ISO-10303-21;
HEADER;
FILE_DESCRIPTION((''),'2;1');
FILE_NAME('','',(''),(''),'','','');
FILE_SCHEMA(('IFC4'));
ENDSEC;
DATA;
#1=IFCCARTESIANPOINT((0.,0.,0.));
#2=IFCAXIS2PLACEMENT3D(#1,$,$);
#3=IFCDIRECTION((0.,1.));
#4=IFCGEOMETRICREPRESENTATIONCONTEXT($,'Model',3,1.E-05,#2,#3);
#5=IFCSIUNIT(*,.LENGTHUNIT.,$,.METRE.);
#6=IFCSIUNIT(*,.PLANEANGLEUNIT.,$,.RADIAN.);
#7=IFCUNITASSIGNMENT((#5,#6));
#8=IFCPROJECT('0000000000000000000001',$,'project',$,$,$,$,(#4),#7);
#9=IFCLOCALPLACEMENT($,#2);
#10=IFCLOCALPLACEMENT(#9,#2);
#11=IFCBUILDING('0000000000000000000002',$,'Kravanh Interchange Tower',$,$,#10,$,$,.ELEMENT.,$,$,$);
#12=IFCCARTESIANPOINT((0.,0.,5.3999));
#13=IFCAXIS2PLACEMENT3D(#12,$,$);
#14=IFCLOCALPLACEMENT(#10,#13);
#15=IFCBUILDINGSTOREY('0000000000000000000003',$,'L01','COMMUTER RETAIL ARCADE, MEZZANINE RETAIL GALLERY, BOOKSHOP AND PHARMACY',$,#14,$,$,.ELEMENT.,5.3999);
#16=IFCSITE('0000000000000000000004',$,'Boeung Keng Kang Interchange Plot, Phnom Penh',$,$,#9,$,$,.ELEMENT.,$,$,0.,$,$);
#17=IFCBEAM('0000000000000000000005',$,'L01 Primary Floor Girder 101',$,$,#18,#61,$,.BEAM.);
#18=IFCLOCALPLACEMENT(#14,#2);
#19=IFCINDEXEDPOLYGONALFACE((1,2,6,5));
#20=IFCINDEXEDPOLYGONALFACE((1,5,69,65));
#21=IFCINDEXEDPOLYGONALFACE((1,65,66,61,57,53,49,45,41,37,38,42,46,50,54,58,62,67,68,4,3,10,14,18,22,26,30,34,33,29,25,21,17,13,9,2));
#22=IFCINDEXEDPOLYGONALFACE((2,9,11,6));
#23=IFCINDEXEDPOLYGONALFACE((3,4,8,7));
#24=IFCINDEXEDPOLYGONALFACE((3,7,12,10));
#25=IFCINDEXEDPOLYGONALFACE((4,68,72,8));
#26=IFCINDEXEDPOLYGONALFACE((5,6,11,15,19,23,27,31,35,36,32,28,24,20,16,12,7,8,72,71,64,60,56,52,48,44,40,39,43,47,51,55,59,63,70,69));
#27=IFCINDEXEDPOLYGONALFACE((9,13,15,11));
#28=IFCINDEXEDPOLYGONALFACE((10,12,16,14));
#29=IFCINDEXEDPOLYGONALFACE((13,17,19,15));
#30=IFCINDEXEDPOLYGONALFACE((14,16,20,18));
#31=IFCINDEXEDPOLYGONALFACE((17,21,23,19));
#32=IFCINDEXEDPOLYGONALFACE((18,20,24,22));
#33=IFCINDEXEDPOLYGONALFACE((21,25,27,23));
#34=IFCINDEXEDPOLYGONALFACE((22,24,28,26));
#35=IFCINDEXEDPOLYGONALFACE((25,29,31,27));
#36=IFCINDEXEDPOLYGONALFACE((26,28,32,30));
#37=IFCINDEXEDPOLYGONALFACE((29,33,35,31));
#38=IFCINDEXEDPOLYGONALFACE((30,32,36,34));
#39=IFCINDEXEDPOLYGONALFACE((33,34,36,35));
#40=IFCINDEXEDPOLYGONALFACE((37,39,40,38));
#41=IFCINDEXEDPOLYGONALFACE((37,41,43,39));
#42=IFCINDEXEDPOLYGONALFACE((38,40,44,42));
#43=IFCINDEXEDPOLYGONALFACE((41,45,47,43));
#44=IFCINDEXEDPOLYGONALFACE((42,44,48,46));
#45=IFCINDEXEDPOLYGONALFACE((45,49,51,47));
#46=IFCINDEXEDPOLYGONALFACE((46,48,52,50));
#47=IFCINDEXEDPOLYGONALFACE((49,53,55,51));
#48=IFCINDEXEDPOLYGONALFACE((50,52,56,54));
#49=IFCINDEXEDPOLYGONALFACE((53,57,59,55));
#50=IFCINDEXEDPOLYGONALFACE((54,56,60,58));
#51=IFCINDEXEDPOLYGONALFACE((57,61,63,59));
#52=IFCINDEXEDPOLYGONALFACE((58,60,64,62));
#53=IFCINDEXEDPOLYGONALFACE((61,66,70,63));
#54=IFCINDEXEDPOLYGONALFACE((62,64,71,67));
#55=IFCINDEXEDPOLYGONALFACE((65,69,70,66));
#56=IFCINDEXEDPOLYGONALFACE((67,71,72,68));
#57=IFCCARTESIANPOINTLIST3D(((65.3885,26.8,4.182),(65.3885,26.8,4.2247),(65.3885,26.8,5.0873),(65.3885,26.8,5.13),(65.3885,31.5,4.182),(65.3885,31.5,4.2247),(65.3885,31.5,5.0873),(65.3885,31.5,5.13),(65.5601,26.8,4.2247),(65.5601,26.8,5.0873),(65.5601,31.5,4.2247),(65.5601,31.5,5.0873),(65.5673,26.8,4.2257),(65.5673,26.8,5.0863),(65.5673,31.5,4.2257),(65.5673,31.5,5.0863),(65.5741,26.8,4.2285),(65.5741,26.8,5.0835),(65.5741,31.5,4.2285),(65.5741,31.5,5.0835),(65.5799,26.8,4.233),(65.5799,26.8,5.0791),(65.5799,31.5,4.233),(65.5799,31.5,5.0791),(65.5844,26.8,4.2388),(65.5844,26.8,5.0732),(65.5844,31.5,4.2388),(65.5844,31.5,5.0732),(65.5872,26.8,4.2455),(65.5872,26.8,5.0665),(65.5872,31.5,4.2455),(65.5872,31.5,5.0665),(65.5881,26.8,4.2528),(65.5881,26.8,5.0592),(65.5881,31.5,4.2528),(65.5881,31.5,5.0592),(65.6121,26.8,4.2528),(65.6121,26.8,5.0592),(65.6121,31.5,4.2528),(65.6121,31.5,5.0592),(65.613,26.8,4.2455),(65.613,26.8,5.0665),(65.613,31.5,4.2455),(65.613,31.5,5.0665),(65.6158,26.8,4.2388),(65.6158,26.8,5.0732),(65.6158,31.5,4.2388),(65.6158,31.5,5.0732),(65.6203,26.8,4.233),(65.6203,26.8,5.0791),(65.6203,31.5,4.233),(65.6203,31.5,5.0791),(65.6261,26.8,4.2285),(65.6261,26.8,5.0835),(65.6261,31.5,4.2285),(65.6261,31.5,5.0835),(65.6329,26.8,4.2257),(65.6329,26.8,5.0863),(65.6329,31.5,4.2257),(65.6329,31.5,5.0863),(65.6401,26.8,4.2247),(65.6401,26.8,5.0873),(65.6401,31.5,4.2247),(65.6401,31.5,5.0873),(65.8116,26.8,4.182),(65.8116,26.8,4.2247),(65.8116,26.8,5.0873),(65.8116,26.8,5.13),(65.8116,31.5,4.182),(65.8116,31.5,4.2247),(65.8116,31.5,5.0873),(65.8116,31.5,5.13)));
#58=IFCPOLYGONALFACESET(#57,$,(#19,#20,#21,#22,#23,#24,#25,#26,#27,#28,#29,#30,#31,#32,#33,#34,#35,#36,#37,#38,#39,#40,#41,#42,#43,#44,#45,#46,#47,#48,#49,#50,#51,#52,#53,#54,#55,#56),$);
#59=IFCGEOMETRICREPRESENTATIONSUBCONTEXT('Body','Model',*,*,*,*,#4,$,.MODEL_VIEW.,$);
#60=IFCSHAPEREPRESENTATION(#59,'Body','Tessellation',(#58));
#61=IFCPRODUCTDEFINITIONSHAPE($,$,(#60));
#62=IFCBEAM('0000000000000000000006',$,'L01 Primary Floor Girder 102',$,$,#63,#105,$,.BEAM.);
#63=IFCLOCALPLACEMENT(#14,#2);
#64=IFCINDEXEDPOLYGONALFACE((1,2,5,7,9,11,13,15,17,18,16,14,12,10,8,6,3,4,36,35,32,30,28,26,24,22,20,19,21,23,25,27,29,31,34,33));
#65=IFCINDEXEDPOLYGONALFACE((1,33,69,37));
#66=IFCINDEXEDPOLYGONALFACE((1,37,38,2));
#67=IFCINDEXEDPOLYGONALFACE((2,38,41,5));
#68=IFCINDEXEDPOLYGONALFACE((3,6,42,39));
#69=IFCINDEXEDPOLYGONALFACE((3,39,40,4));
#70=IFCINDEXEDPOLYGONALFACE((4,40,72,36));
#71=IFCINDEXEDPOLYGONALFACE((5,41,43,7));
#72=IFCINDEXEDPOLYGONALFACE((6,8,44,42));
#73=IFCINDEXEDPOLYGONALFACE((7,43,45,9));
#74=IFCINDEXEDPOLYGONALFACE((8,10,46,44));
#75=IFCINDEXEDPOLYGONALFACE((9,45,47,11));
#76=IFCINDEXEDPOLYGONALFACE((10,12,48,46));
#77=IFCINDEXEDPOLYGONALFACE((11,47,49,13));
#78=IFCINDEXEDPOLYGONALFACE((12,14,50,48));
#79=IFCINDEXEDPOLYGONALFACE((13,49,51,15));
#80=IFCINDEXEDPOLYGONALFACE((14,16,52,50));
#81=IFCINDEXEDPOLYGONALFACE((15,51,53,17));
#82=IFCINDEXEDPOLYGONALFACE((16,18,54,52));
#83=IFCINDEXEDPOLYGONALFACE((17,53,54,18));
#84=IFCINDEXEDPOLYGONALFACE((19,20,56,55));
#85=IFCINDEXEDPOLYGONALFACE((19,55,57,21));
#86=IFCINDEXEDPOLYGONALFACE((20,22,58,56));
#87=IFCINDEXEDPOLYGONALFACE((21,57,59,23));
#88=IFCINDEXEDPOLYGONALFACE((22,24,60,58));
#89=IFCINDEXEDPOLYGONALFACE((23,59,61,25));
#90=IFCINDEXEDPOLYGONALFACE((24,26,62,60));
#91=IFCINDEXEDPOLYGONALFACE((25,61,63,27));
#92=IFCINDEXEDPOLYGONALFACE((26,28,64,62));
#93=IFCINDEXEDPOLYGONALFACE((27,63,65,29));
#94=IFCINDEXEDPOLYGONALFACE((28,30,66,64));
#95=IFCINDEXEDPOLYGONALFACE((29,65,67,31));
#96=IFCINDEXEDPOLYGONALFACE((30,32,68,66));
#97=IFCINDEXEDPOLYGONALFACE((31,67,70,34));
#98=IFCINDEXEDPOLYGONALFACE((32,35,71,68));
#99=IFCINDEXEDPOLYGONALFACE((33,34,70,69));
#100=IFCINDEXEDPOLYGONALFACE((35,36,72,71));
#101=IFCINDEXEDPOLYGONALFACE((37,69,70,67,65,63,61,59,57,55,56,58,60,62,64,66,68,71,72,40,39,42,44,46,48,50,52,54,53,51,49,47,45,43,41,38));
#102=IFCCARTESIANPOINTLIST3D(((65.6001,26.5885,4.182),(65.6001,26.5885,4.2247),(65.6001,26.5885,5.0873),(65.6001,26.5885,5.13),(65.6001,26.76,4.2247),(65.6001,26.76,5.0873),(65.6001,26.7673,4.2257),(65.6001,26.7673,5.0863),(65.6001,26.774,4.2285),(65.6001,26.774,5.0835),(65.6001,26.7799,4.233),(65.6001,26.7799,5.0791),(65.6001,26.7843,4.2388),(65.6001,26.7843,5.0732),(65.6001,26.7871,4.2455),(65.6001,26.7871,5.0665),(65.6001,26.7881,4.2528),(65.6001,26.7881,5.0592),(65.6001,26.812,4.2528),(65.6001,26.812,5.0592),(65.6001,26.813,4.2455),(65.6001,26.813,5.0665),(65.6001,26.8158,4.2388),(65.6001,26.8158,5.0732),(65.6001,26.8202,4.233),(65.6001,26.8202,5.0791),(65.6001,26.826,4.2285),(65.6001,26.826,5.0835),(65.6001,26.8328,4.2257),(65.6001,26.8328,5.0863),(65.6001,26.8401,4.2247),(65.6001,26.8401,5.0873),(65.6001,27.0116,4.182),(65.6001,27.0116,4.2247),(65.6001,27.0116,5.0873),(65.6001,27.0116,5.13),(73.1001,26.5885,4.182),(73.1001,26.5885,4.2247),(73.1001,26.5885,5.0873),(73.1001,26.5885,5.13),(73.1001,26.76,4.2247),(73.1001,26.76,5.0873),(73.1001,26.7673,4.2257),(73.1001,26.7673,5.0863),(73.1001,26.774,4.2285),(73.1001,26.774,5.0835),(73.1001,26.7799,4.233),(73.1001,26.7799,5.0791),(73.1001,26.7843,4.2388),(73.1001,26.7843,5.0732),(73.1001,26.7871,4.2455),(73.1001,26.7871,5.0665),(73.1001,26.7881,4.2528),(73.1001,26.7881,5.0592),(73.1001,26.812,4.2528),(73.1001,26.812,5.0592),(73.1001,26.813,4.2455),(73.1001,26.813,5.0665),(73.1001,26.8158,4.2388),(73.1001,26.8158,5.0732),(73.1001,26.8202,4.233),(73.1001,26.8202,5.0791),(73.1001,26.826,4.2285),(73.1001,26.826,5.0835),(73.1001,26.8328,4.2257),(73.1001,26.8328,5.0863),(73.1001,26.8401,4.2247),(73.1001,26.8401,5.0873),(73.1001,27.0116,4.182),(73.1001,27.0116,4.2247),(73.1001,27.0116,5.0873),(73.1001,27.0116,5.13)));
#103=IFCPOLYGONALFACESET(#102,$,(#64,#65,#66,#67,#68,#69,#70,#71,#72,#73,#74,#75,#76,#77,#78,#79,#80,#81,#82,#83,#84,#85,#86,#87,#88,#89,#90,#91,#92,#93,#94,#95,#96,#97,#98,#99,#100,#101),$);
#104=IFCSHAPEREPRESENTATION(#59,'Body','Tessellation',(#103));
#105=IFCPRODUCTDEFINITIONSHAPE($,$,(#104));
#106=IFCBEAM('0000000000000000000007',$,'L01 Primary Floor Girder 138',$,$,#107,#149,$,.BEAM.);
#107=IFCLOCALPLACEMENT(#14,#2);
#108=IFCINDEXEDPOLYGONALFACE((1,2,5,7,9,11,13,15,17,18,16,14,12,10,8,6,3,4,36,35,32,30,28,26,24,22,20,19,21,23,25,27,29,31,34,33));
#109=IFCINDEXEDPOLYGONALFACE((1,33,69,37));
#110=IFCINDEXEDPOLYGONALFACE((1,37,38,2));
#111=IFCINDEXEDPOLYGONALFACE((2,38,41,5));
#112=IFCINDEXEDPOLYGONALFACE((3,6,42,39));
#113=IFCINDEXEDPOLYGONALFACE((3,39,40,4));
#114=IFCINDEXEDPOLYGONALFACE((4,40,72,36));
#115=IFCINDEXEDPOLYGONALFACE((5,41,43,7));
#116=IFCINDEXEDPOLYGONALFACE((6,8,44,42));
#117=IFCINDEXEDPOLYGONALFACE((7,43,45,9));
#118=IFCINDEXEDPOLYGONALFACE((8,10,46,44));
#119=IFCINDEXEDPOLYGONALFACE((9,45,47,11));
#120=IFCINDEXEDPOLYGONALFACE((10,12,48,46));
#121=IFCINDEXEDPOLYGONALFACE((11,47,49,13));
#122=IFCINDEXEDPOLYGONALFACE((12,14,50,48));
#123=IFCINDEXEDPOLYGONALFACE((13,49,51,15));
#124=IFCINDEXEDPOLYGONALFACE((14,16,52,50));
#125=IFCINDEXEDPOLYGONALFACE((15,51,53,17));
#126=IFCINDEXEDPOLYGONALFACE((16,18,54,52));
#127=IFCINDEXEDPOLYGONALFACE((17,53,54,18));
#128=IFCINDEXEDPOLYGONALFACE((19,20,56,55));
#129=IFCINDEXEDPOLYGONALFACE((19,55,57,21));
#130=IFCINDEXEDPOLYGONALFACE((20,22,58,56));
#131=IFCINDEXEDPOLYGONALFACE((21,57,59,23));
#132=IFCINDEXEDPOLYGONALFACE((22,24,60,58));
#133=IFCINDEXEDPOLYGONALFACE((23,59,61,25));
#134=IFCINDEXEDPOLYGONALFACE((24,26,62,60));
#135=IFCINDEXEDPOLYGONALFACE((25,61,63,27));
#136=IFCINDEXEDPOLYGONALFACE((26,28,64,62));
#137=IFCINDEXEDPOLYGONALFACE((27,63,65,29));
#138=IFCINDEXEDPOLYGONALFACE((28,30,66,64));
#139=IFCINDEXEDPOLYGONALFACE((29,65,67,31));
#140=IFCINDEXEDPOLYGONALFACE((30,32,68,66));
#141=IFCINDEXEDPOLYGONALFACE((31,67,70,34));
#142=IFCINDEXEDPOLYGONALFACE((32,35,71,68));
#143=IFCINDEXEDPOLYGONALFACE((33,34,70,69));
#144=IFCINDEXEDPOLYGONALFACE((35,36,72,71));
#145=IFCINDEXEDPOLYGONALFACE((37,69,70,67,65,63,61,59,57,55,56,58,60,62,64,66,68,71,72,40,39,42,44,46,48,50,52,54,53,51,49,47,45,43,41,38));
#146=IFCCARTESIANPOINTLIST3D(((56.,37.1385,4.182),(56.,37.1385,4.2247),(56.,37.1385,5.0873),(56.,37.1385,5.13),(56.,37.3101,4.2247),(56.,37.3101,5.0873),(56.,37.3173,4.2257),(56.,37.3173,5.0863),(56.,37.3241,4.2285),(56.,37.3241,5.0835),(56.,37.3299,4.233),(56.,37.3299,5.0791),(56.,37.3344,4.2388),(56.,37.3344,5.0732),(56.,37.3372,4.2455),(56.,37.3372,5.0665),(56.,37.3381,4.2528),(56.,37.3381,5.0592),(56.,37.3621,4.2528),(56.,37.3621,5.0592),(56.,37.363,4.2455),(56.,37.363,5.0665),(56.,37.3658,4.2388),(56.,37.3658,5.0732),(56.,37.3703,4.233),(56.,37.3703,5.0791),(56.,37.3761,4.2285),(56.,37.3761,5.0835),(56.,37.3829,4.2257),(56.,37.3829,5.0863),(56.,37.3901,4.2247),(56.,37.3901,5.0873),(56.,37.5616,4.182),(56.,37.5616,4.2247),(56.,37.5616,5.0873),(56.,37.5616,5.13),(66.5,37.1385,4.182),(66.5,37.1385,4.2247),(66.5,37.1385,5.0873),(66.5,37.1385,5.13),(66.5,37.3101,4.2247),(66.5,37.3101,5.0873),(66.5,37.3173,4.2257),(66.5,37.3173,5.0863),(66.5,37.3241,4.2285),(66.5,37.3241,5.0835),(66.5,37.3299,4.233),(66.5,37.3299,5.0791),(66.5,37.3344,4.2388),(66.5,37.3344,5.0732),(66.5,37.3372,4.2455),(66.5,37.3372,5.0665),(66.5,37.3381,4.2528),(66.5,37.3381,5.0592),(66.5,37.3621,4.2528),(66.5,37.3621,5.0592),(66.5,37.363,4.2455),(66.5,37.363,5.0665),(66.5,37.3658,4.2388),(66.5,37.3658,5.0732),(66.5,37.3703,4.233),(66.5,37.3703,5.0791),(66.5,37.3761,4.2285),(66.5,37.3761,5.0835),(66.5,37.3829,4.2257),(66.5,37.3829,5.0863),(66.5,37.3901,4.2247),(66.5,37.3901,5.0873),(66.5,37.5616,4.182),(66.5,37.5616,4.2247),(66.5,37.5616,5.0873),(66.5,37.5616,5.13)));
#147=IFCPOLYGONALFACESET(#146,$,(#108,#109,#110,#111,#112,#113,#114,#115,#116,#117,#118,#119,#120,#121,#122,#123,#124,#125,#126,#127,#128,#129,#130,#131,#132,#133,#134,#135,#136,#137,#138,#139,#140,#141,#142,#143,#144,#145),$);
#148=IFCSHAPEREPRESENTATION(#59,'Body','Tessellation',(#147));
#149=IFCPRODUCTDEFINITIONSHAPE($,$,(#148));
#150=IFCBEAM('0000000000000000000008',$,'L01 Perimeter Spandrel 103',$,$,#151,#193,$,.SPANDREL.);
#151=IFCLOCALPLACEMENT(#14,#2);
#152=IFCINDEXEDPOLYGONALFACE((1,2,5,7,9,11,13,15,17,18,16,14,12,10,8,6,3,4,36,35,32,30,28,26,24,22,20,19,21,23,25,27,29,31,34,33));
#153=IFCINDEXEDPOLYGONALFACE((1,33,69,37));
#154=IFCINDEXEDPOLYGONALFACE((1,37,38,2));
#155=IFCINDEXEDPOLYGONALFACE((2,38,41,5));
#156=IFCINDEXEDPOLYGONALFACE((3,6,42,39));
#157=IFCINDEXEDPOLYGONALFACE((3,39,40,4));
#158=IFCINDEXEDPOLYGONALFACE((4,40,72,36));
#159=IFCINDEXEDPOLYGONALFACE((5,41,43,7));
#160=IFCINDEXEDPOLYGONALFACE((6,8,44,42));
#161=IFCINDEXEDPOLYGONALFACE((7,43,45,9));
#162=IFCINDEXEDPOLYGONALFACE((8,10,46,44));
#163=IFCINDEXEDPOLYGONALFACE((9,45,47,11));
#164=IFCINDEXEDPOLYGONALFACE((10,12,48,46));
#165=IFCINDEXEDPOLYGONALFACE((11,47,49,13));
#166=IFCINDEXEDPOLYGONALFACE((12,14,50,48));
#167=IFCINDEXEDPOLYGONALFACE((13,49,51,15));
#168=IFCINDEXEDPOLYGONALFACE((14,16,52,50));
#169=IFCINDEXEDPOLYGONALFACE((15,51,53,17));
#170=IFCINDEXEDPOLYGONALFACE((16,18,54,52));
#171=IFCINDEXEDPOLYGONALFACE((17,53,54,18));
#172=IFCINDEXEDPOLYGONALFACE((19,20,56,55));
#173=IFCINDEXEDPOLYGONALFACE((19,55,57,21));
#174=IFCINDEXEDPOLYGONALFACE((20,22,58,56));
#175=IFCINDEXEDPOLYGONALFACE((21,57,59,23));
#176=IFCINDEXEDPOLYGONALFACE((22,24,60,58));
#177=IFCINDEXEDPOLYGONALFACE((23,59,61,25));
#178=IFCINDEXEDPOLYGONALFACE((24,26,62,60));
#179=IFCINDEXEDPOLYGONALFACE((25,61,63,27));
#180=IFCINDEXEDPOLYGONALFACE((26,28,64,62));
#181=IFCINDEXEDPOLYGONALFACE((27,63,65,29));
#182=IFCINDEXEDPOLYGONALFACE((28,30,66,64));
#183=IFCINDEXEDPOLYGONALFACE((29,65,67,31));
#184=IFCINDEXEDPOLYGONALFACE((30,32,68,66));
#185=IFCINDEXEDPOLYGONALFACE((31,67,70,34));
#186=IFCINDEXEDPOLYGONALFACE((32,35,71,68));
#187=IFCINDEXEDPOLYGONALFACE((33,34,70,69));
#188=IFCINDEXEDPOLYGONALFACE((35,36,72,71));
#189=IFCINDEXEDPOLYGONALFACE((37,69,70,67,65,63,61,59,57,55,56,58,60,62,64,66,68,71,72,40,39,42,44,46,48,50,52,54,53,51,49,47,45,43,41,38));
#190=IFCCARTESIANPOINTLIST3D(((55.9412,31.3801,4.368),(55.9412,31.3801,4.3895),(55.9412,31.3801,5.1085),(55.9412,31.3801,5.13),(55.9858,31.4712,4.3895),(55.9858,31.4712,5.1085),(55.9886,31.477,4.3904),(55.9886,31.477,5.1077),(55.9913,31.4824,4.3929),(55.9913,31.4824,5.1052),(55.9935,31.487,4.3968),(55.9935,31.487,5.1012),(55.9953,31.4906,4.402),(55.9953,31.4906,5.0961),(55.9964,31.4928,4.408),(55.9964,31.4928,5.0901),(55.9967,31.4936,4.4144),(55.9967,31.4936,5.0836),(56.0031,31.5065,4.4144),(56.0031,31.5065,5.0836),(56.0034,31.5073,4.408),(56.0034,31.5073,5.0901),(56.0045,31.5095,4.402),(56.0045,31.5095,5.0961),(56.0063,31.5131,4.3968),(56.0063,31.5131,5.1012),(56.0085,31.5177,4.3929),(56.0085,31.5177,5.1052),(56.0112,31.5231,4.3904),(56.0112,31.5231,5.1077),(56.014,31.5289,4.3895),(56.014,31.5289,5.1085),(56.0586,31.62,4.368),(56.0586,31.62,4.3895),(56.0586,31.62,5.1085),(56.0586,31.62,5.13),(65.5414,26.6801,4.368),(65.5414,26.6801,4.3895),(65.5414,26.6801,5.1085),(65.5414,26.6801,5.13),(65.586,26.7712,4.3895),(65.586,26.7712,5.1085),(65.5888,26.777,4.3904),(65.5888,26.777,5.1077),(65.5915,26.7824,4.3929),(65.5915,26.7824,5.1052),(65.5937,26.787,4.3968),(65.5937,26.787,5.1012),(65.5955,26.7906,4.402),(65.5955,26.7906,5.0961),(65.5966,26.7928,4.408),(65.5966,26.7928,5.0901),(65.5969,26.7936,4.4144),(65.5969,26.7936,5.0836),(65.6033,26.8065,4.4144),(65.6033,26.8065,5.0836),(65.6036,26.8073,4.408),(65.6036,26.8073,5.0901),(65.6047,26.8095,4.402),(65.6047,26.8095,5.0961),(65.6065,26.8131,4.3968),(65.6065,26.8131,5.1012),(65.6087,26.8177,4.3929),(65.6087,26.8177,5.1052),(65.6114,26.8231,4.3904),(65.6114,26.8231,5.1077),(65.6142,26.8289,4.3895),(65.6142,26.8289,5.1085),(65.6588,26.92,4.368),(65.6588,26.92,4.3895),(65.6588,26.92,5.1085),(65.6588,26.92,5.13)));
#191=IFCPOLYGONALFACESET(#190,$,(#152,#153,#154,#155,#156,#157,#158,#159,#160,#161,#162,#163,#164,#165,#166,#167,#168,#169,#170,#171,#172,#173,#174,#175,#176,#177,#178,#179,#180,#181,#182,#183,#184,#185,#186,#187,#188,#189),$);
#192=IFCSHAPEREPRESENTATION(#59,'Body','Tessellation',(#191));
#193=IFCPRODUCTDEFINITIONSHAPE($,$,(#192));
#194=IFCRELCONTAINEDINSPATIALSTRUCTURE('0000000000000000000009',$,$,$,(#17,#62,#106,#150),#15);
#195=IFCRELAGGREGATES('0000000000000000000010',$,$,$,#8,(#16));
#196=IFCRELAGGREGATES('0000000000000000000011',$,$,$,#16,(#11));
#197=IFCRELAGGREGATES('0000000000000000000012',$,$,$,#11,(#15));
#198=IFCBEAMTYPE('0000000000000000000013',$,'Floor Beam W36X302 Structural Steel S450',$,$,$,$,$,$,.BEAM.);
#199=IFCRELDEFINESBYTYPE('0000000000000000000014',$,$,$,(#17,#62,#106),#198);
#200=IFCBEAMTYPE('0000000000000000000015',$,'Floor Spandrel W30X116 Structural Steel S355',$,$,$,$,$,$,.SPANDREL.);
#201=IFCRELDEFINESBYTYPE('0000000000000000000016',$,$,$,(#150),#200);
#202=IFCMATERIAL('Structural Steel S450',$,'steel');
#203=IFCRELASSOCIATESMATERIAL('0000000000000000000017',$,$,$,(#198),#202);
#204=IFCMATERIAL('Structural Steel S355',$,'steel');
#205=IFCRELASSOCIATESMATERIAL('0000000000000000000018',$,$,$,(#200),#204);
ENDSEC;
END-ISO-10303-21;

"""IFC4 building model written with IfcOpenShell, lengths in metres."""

from ifc_helpers import new_model, si_unit, direction, frame, origin, origin_2d, place, context, subcontext, project, spatial, i_section, extrude, material, material_profile, profile_set, type_object, element, save


model = new_model("IFC4")

# Units and contexts
model_context = context("Model", 3, precision=1e-05, world=origin(), true_north=direction((0.0, 1.0)))
body_context = subcontext(model_context, "Body", "Model", "MODEL_VIEW")
ifc_project = project(units=[si_unit("LENGTHUNIT", "METRE"), si_unit("PLANEANGLEUNIT", "RADIAN")], contexts=[model_context])

# Site, building, storey
site_placement = place(None, origin())
site = spatial("IfcSite", under=ifc_project, at=site_placement, Name="Boeung Keng Kang Interchange Plot, Phnom Penh", CompositionType="ELEMENT", RefElevation=0.0)
building_placement = place(site_placement, origin())
building = spatial("IfcBuilding", under=site, at=building_placement, Name="Kravanh Interchange Tower", CompositionType="ELEMENT")
storey_placement = place(building_placement, frame((0.0, 0.0, 5.3999)))
storey = spatial("IfcBuildingStorey", under=building, at=storey_placement, Name="L01", Description="COMMUTER RETAIL ARCADE, MEZZANINE RETAIL GALLERY, BOOKSHOP AND PHARMACY", CompositionType="ELEMENT", Elevation=5.3999)

# Beams
ifc_material_1 = material(Name="Structural Steel S450", Category="steel")
ifc_material_profile_1 = material_profile(ifc_material_1, i_section(OverallWidth=0.4231, OverallDepth=0.948, WebThickness=0.0239, FlangeThickness=0.0427, FilletRadius=0.0281, at=origin_2d()), Name="W36X302")
ifc_profile_set_1 = profile_set([ifc_material_profile_1], Name="Structural Steel S450")
beam_type_1 = type_object("IfcBeamType", Name="Floor Beam W36X302 Structural Steel S450", PredefinedType="BEAM", material=ifc_profile_set_1)
beam_1_placement = place(storey_placement, frame((65.6001, 26.8, 4.656), z_axis=(0.0, 1.0, 0.0), x_axis=(-1.0, 0.0, 0.0)))
element("IfcBeam", 1, at=beam_1_placement, inside=storey, type_object=beam_type_1, Name="L01 Primary Floor Girder 101", PredefinedType="BEAM", context=body_context, shape_type="SweptSolid", body=[
    extrude(i_section(OverallWidth=0.4231, OverallDepth=0.948, WebThickness=0.0239, FlangeThickness=0.0427, FilletRadius=0.0281, at=origin_2d()), origin(), (0.0, 0.0, 1.0), 4.7),
])
beam_2_placement = place(storey_placement, frame((65.6001, 26.8, 4.656), z_axis=(1.0, 0.0, 0.0), x_axis=(0.0, 1.0, 0.0)))
element("IfcBeam", 2, at=beam_2_placement, inside=storey, type_object=beam_type_1, Name="L01 Primary Floor Girder 102", PredefinedType="BEAM", context=body_context, shape_type="SweptSolid", body=[
    extrude(i_section(OverallWidth=0.4231, OverallDepth=0.948, WebThickness=0.0239, FlangeThickness=0.0427, FilletRadius=0.0281, at=origin_2d()), origin(), (0.0, 0.0, 1.0), 7.5),
])
beam_3_placement = place(storey_placement, frame((66.5, 37.3501, 4.656), z_axis=(-1.0, 0.0, 0.0), x_axis=(0.0, -1.0, 0.0)))
element("IfcBeam", 3, at=beam_3_placement, inside=storey, type_object=beam_type_1, Name="L01 Primary Floor Girder 138", PredefinedType="BEAM", context=body_context, shape_type="SweptSolid", body=[
    extrude(i_section(OverallWidth=0.4231, OverallDepth=0.948, WebThickness=0.0239, FlangeThickness=0.0427, FilletRadius=0.0281, at=origin_2d()), origin(), (0.0, 0.0, 1.0), 10.5),
])
ifc_material_2 = material(Name="Structural Steel S355", Category="steel")
ifc_material_profile_2 = material_profile(ifc_material_2, i_section(OverallWidth=0.2671, OverallDepth=0.762, WebThickness=0.0144, FlangeThickness=0.0215, FilletRadius=0.0249, at=origin_2d()), Name="W30X116")
ifc_profile_set_2 = profile_set([ifc_material_profile_2], Name="Structural Steel S355")
beam_type_2 = type_object("IfcBeamType", Name="Floor Spandrel W30X116 Structural Steel S355", PredefinedType="SPANDREL", material=ifc_profile_set_2)
beam_4_placement = place(storey_placement, frame((65.6001, 26.8, 4.749), z_axis=(-0.898142, 0.439706, 0.0), x_axis=(-0.439706, -0.898142, 0.0)))
element("IfcBeam", 4, at=beam_4_placement, inside=storey, type_object=beam_type_2, Name="L01 Perimeter Spandrel 103", PredefinedType="SPANDREL", context=body_context, shape_type="SweptSolid", body=[
    extrude(i_section(OverallWidth=0.2671, OverallDepth=0.762, WebThickness=0.0144, FlangeThickness=0.0215, FilletRadius=0.0249, at=origin_2d()), origin(), (0.0, 0.0, 1.0), 10.689),
])

save(model, "model.ifc")
